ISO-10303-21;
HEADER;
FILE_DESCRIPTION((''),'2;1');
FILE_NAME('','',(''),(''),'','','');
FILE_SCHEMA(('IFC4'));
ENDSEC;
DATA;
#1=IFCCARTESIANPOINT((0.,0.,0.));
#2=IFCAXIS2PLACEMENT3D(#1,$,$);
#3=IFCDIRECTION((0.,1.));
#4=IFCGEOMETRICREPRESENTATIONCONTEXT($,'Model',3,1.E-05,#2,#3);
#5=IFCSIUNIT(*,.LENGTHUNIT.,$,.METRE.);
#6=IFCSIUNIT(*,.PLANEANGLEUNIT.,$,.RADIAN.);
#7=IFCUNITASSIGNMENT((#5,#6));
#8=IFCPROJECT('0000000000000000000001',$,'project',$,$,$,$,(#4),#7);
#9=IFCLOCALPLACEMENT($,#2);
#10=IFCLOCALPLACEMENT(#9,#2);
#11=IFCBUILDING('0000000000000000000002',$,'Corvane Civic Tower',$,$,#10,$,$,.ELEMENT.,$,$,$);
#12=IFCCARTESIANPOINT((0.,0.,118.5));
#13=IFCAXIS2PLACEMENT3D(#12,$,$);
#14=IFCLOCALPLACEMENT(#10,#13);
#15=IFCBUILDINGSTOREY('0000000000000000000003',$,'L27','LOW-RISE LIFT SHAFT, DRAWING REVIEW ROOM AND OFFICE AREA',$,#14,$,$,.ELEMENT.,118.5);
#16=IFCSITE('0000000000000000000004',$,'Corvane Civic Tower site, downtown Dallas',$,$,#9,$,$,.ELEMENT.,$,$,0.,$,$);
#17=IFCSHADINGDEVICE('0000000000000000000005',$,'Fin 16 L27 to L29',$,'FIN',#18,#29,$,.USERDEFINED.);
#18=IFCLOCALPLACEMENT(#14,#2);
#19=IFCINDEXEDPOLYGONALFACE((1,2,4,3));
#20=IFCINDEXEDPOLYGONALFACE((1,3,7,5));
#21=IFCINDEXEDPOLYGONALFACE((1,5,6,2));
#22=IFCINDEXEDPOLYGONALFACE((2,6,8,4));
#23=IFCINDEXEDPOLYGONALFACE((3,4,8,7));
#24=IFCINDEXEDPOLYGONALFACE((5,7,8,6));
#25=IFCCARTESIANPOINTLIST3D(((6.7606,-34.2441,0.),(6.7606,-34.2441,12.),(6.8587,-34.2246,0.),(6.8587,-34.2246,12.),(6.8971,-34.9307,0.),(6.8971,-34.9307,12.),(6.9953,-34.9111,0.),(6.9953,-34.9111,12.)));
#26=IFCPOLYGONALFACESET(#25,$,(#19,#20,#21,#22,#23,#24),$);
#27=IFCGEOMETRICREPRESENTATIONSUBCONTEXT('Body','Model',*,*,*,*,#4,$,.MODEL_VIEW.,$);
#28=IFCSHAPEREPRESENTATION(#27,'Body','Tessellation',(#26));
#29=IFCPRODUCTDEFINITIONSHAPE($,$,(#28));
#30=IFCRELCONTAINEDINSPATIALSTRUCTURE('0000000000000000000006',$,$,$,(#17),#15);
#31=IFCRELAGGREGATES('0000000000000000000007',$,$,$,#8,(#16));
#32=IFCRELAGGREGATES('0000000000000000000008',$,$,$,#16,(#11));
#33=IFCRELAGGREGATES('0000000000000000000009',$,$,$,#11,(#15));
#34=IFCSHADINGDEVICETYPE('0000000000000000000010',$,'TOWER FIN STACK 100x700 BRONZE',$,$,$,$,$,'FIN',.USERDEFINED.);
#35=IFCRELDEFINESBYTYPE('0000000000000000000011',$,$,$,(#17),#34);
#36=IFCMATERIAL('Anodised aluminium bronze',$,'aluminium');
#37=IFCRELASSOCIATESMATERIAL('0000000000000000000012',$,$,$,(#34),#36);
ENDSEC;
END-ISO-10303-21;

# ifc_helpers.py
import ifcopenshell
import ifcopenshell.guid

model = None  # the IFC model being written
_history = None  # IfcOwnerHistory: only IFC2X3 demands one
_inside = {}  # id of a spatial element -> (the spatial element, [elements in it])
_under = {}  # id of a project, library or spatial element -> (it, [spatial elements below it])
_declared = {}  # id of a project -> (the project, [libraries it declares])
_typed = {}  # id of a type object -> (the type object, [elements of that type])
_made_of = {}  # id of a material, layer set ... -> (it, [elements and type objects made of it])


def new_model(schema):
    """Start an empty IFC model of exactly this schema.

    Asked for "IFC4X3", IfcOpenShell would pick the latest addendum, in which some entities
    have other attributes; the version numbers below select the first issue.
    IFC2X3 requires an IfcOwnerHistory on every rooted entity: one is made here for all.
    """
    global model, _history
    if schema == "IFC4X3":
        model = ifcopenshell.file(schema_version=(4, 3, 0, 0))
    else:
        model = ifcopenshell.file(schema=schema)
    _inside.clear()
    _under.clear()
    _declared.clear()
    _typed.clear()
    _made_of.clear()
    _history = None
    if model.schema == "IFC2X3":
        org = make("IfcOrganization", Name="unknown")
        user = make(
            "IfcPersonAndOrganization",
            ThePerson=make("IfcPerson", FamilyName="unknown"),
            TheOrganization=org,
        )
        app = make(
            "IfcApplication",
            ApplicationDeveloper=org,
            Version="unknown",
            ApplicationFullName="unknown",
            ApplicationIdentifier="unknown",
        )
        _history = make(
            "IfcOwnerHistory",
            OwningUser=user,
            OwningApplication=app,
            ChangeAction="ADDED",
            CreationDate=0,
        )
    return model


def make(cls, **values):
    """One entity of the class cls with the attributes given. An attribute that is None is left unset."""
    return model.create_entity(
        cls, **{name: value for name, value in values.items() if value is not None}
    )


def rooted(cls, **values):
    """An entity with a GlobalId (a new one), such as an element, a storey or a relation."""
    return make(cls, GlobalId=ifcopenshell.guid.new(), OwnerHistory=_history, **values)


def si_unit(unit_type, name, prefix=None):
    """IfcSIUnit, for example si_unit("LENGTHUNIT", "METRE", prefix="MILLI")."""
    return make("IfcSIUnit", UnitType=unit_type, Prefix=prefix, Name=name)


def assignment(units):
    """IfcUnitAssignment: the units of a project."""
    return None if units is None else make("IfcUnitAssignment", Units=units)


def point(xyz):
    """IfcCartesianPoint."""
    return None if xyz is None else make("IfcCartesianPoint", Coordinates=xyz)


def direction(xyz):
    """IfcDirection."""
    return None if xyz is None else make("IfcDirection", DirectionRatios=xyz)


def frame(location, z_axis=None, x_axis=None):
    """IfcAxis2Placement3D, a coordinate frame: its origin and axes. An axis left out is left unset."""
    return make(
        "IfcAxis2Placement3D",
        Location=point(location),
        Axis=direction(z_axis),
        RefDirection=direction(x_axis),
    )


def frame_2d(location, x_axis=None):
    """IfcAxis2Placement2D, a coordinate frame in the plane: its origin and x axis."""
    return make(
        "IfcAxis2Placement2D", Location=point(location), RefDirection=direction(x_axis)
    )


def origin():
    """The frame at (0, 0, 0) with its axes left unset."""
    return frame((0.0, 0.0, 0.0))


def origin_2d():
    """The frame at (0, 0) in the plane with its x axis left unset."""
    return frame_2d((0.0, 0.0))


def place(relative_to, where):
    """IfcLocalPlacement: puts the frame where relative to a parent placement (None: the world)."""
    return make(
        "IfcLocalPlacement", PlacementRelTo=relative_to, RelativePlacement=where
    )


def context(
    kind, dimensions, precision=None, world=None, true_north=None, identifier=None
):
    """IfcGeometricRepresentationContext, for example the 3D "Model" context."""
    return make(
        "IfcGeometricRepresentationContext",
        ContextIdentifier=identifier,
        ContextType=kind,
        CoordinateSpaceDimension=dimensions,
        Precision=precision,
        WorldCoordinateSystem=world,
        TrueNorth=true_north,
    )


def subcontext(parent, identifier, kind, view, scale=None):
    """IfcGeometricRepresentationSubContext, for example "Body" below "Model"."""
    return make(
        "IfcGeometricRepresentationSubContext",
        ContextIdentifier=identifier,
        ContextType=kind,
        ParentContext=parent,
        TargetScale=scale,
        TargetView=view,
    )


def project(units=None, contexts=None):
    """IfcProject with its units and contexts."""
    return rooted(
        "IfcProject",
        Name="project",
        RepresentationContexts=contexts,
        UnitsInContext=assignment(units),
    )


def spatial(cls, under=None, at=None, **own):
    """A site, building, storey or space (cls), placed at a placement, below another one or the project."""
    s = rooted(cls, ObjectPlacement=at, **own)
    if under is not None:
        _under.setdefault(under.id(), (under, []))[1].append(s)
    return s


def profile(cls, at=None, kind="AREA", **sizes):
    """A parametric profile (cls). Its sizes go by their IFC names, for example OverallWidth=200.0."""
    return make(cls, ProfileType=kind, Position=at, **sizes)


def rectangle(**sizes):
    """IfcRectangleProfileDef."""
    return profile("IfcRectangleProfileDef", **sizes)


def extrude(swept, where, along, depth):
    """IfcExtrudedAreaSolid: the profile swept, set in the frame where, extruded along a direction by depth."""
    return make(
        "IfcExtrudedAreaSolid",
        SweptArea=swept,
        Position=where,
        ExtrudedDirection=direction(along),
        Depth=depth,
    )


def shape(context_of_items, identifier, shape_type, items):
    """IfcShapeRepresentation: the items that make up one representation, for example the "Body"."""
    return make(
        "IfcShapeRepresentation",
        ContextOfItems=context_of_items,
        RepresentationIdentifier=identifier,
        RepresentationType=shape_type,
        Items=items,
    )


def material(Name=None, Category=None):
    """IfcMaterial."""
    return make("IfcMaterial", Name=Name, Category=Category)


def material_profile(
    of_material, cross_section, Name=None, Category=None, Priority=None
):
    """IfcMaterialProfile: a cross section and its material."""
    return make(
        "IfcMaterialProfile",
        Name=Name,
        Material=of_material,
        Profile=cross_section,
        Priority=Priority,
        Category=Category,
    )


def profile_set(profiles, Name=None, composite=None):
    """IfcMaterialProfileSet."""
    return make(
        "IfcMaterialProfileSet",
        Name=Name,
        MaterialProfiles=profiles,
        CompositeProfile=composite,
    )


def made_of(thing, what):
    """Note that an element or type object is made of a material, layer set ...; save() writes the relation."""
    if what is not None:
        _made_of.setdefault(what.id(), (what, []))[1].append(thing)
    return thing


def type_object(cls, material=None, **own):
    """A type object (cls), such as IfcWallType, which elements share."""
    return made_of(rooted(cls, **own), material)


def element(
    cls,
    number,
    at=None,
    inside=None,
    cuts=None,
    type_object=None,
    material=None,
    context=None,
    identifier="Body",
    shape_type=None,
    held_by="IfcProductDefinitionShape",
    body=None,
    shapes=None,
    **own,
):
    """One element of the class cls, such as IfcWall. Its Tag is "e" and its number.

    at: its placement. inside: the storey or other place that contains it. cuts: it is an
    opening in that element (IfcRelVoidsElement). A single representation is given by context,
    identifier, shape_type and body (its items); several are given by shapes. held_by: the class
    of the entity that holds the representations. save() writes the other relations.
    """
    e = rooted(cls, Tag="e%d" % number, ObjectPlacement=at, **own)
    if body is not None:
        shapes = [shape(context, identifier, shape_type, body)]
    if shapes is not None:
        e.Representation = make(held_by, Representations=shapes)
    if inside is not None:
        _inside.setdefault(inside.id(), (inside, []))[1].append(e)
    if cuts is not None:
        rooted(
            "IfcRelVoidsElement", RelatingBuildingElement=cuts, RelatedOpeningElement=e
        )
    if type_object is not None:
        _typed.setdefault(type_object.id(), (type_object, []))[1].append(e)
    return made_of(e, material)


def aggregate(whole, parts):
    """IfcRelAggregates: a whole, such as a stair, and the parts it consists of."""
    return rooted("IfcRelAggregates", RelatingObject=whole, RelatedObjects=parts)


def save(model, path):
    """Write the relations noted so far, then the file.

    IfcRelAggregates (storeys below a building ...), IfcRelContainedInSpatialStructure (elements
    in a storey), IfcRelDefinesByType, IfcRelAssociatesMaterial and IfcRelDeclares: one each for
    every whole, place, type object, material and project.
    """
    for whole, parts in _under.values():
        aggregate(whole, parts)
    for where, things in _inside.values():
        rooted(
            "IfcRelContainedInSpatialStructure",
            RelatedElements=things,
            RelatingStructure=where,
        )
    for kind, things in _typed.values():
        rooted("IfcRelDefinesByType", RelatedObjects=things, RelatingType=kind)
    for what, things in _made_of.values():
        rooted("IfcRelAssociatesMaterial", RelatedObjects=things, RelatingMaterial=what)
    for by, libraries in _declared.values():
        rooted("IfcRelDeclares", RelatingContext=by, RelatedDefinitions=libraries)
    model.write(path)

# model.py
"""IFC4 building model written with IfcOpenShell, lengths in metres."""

from ifc_helpers import new_model, si_unit, direction, frame, origin, origin_2d, place, context, subcontext, project, spatial, rectangle, extrude, material, material_profile, profile_set, type_object, element, save


model = new_model("IFC4")

# Units and contexts
model_context = context("Model", 3, precision=1e-05, world=origin(), true_north=direction((0.0, 1.0)))
body_context = subcontext(model_context, "Body", "Model", "MODEL_VIEW")
ifc_project = project(units=[si_unit("LENGTHUNIT", "METRE"), si_unit("PLANEANGLEUNIT", "RADIAN")], contexts=[model_context])

# Site, building, storey
site_placement = place(None, origin())
site = spatial("IfcSite", under=ifc_project, at=site_placement, Name="Corvane Civic Tower site, downtown Dallas", CompositionType="ELEMENT", RefElevation=0.0)
building_placement = place(site_placement, origin())
building = spatial("IfcBuilding", under=site, at=building_placement, Name="Corvane Civic Tower", CompositionType="ELEMENT")
storey_placement = place(building_placement, frame((0.0, 0.0, 118.5)))
storey = spatial("IfcBuildingStorey", under=building, at=storey_placement, Name="L27", Description="LOW-RISE LIFT SHAFT, DRAWING REVIEW ROOM AND OFFICE AREA", CompositionType="ELEMENT", Elevation=118.5)

# Shading device
ifc_material_1 = material(Name="Anodised aluminium bronze", Category="aluminium")
ifc_material_profile_1 = material_profile(ifc_material_1, rectangle(XDim=0.1001, YDim=0.7, at=origin_2d()), Name="TOWER FIN STACK 100x700 BRONZE")
ifc_profile_set_1 = profile_set([ifc_material_profile_1], Name="Anodised aluminium bronze")
shading_device_type = type_object("IfcShadingDeviceType", Name="TOWER FIN STACK 100x700 BRONZE", ElementType="FIN", PredefinedType="USERDEFINED", material=ifc_profile_set_1)
for number, where, z_axis, x_axis, name in (
    (1, (6.8779, -34.5776, 0.0), (0.0, 0.0, 1.0), (-0.980785, -0.19509, 0.0), "Fin 16 L27 to L29"),
):
    element("IfcShadingDevice", number, at=place(storey_placement, frame(where, z_axis=z_axis, x_axis=x_axis)), inside=storey, type_object=shading_device_type, Name=name, ObjectType="FIN", PredefinedType="USERDEFINED", context=body_context, shape_type="SweptSolid", body=[
        extrude(rectangle(XDim=0.1001, YDim=0.7, at=origin_2d()), origin(), (0.0, 0.0, 1.0), 12.0),
    ])

save(model, "model.ifc")
